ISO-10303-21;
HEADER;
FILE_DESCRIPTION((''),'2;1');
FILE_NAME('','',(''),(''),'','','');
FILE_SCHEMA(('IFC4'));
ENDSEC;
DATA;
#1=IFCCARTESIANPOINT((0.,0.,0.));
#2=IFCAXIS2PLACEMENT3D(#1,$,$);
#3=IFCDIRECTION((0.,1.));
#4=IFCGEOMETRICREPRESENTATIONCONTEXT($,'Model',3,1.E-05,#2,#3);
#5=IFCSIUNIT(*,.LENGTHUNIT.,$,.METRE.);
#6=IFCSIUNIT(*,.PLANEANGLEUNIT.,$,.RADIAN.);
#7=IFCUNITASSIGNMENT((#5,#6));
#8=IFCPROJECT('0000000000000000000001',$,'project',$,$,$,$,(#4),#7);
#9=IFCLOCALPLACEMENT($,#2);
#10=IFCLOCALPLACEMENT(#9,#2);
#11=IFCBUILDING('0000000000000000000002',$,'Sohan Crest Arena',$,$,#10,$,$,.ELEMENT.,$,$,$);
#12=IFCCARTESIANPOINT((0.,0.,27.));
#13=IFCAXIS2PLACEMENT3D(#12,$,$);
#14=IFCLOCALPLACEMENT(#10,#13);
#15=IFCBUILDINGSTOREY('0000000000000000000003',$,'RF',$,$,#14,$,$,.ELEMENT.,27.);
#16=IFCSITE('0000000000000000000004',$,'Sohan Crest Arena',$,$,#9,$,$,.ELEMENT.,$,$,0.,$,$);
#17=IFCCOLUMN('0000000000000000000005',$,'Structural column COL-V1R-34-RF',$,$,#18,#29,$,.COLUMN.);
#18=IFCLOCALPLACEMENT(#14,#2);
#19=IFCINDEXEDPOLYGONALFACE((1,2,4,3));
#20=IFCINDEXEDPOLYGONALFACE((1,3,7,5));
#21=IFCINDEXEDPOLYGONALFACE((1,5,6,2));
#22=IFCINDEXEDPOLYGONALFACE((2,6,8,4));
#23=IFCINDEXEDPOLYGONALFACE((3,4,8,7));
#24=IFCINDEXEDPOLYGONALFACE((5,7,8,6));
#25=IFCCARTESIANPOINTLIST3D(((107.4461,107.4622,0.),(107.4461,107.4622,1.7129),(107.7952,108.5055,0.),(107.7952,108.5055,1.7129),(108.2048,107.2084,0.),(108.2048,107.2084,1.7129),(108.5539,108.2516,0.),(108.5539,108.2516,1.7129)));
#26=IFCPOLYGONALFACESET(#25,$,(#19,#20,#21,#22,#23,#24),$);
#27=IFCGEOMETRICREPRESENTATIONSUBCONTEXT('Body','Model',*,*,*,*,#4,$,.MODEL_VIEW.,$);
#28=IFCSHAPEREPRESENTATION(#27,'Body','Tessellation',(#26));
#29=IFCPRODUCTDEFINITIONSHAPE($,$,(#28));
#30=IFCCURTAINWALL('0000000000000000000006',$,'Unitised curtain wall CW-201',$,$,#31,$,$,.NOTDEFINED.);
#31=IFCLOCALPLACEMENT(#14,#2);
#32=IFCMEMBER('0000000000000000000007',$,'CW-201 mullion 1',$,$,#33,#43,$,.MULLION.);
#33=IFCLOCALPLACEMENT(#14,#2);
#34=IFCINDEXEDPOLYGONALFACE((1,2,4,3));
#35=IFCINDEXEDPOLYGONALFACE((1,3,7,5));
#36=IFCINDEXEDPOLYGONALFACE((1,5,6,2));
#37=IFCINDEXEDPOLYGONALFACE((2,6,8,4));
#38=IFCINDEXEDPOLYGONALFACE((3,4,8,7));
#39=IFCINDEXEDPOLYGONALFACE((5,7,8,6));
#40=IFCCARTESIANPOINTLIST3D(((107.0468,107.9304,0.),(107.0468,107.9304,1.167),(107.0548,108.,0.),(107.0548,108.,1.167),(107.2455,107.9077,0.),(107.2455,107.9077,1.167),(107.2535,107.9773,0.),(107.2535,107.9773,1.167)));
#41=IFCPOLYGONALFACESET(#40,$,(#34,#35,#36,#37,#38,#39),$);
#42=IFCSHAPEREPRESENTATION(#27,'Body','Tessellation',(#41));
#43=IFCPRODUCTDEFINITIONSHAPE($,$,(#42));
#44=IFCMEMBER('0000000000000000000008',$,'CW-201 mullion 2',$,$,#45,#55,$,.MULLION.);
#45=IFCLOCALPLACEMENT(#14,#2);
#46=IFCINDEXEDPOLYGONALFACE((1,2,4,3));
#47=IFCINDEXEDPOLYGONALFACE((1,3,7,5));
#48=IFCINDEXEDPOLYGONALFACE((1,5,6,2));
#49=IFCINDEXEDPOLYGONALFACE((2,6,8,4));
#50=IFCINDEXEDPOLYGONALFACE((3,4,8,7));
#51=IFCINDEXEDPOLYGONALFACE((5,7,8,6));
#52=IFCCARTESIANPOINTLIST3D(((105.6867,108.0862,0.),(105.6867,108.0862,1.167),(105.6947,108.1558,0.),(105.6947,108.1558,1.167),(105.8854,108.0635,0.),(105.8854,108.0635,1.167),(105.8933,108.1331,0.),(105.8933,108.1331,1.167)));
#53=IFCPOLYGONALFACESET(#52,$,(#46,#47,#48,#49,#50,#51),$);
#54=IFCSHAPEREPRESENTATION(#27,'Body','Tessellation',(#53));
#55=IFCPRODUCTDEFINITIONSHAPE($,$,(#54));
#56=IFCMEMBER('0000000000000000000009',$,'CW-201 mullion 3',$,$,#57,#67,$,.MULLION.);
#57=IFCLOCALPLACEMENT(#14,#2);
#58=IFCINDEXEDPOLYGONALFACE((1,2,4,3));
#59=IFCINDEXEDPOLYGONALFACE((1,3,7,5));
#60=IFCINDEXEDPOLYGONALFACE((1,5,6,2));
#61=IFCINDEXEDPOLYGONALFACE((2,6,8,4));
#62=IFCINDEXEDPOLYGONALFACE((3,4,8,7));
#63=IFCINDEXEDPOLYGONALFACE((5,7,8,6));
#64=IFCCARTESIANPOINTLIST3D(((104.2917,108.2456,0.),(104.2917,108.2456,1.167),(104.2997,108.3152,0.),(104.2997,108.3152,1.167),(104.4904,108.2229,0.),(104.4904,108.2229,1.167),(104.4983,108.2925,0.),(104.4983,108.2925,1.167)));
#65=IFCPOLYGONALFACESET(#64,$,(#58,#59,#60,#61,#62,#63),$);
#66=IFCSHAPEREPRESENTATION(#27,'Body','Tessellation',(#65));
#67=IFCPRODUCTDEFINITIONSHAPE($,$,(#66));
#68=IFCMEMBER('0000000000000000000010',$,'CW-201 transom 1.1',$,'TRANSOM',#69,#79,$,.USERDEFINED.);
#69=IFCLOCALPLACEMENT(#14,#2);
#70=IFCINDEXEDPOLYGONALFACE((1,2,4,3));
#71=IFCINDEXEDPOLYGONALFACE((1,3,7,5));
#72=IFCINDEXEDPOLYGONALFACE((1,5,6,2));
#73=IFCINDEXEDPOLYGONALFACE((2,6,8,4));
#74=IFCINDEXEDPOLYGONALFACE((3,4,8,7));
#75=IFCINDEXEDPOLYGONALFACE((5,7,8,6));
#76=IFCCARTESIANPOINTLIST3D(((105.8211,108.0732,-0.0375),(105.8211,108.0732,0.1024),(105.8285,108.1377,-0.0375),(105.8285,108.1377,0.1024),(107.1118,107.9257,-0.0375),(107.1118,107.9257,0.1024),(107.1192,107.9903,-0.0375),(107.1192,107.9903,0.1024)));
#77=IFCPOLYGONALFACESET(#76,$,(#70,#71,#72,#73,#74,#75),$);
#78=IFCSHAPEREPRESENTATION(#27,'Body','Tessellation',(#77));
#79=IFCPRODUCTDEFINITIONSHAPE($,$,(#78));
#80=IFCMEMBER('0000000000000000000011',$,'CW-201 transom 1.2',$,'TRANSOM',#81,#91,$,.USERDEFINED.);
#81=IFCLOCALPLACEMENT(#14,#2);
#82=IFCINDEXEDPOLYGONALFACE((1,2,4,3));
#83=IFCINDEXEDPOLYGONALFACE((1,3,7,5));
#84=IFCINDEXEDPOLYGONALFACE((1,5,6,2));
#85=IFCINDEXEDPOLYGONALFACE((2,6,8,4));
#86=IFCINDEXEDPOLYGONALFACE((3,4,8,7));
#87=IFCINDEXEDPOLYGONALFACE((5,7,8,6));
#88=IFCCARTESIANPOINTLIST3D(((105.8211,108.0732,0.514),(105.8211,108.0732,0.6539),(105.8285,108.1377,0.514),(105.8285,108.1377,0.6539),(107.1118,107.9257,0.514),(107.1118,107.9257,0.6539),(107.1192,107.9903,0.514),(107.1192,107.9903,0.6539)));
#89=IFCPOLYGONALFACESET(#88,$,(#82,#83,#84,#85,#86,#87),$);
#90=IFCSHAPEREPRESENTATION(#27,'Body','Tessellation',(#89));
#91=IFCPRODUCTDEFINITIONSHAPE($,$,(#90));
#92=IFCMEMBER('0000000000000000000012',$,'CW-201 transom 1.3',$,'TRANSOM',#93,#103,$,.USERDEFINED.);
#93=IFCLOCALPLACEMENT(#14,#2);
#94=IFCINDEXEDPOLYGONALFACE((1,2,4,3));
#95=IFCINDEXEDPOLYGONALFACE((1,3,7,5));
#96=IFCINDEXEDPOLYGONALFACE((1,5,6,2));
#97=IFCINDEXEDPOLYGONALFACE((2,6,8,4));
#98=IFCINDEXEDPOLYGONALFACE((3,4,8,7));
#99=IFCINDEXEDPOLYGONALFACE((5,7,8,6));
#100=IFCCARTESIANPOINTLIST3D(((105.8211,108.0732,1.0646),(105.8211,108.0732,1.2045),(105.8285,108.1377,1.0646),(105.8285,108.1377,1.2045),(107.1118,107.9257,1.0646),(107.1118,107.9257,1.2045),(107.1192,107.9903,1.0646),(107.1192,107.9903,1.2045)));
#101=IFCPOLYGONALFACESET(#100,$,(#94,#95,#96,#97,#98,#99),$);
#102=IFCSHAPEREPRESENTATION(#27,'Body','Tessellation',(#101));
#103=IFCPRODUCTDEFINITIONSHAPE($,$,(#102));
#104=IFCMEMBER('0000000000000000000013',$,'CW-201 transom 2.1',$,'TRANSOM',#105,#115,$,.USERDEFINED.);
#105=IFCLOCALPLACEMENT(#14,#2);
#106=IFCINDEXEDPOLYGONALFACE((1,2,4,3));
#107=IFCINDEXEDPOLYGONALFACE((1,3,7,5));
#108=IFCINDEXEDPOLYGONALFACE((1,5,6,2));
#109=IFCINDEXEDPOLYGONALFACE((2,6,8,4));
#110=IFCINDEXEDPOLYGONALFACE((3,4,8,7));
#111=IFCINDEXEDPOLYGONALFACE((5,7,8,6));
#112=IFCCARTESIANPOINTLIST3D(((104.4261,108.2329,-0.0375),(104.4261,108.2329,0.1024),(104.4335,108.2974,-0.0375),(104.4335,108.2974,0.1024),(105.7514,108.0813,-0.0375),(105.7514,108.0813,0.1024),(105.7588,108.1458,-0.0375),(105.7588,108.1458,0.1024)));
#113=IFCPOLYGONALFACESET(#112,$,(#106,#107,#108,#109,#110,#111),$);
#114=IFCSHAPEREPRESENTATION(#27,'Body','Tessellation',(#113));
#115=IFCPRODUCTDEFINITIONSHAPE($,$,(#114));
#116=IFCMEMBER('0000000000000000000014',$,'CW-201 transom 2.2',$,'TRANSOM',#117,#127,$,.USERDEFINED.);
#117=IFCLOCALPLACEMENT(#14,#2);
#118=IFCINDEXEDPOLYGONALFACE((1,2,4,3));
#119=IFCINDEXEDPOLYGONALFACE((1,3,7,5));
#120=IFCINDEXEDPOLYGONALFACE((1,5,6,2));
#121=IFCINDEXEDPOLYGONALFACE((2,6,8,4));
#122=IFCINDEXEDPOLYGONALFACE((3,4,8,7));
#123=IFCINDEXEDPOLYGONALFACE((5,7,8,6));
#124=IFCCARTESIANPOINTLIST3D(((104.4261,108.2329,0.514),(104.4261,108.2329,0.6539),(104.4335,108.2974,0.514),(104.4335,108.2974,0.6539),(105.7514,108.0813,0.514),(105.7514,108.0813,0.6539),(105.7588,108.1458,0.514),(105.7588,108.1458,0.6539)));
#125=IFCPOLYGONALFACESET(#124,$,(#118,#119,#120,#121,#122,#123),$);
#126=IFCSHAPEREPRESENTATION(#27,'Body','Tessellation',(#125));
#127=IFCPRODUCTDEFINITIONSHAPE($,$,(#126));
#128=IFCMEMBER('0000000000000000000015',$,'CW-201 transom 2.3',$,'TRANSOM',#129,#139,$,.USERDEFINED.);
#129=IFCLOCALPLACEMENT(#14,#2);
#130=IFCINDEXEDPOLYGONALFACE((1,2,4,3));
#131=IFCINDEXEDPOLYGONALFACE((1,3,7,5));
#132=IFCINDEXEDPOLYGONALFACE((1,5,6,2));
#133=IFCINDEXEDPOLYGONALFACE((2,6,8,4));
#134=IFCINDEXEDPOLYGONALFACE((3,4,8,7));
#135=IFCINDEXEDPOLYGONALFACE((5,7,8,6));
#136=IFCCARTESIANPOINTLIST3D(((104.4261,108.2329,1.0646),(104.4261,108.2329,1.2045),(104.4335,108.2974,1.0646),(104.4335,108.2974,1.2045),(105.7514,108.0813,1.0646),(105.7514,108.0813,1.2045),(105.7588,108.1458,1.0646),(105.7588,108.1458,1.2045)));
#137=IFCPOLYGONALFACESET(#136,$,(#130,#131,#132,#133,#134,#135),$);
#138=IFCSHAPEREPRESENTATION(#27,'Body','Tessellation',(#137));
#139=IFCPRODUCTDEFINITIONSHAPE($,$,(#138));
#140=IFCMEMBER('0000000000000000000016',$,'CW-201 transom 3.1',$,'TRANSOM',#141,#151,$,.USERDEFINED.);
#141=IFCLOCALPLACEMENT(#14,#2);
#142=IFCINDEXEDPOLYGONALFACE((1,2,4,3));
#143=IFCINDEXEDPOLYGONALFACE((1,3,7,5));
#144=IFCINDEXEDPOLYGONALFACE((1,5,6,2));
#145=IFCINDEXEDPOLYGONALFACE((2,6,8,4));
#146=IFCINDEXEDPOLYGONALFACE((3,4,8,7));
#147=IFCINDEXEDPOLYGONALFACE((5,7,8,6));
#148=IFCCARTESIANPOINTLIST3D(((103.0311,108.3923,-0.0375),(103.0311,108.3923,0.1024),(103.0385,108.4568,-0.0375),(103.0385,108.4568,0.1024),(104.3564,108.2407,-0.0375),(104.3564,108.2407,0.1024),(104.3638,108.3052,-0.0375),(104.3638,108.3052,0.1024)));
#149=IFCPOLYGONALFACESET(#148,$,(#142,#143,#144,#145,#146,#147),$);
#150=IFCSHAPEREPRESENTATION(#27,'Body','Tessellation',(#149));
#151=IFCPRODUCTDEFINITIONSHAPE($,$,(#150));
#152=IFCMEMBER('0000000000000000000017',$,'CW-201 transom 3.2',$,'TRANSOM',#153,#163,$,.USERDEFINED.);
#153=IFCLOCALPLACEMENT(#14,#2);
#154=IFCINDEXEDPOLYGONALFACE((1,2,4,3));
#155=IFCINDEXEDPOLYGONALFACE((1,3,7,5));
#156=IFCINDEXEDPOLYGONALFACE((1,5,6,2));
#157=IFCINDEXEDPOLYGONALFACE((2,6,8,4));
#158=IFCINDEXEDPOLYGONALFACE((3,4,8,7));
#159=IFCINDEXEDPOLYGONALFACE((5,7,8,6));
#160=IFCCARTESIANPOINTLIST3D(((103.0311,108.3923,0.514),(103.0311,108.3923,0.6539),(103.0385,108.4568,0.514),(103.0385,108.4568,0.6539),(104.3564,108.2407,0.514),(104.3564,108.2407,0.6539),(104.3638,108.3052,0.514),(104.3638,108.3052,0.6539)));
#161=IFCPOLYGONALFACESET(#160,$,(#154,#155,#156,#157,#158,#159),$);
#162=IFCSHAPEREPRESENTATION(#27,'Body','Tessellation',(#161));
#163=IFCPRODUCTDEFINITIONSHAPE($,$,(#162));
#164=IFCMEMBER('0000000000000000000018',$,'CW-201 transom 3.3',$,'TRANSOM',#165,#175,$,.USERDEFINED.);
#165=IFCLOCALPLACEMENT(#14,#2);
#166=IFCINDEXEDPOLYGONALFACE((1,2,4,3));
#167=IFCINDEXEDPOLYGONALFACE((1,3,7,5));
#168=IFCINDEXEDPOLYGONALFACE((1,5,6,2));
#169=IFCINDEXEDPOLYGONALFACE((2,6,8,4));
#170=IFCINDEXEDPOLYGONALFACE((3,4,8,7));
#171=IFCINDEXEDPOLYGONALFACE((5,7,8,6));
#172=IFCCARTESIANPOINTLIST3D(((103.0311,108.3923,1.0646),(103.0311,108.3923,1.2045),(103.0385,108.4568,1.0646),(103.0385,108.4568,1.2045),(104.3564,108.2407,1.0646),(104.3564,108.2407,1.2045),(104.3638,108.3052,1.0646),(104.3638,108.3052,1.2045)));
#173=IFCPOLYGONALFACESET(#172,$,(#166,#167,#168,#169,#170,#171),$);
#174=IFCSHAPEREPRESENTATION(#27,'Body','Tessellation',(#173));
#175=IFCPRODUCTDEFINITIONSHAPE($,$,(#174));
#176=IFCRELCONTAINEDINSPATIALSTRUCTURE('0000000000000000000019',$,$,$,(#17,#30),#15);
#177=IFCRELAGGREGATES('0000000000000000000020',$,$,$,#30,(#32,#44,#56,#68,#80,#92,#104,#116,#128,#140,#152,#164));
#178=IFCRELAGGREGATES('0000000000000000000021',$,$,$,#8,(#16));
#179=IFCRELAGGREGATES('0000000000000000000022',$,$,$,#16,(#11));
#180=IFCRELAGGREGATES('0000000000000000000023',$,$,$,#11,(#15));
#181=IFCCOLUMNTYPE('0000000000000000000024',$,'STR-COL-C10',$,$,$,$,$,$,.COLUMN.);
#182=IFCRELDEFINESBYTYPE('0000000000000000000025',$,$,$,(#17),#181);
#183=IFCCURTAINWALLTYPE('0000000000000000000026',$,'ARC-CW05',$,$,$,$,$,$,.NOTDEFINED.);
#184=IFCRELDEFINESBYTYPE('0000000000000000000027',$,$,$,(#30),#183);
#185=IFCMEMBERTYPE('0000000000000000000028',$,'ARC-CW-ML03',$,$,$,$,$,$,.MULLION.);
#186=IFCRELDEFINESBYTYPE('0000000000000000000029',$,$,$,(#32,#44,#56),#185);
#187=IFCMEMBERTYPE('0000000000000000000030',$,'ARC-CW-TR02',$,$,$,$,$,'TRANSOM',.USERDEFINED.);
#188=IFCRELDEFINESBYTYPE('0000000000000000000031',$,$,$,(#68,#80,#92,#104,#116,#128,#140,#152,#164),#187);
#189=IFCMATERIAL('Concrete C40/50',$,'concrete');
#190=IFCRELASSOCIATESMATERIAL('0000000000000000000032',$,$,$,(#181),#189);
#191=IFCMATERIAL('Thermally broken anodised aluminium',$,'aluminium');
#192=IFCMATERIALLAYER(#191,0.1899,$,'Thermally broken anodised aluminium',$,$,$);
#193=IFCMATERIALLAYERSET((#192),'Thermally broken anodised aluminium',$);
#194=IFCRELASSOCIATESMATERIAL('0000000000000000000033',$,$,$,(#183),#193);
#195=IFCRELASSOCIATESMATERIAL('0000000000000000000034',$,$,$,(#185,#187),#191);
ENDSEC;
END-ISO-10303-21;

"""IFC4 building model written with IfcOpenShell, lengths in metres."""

from ifc_helpers import new_model, si_unit, direction, frame, origin, origin_2d, place, context, subcontext, project, spatial, rectangle, extrude, material, layer, layer_set, material_profile, profile_set, type_object, element, aggregate, save


model = new_model("IFC4")

# Units and contexts
model_context = context("Model", 3, precision=1e-05, world=origin(), true_north=direction((0.0, 1.0)))
body_context = subcontext(model_context, "Body", "Model", "MODEL_VIEW")
ifc_project = project(units=[si_unit("LENGTHUNIT", "METRE"), si_unit("PLANEANGLEUNIT", "RADIAN")], contexts=[model_context])

# Site, building, storey
site_placement = place(None, origin())
site = spatial("IfcSite", under=ifc_project, at=site_placement, Name="Sohan Crest Arena", CompositionType="ELEMENT", RefElevation=0.0)
building_placement = place(site_placement, origin())
building = spatial("IfcBuilding", under=site, at=building_placement, Name="Sohan Crest Arena", CompositionType="ELEMENT")
storey_placement = place(building_placement, frame((0.0, 0.0, 27.0)))
storey = spatial("IfcBuildingStorey", under=building, at=storey_placement, Name="RF", CompositionType="ELEMENT", Elevation=27.0)

# Column
ifc_material_1 = material(Name="Concrete C40/50", Category="concrete")
ifc_material_profile_1 = material_profile(ifc_material_1, rectangle(XDim=1.1001, YDim=0.8, at=origin_2d()), Name="RC 1100x800")
ifc_profile_set_1 = profile_set([ifc_material_profile_1], Name="Concrete C40/50")
column_type = type_object("IfcColumnType", Name="STR-COL-C10", PredefinedType="COLUMN", material=ifc_profile_set_1)
column_placement = place(storey_placement, frame((108.0, 107.8569, 0.0), z_axis=(0.0, 0.0, 1.0), x_axis=(0.317305, 0.948324, 0.0)))
element("IfcColumn", 1, at=column_placement, inside=storey, type_object=column_type, Name="Structural column COL-V1R-34-RF", PredefinedType="COLUMN", context=body_context, shape_type="SweptSolid", body=[
    extrude(rectangle(XDim=1.1001, YDim=0.8, at=origin_2d()), origin(), (0.0, 0.0, 1.0), 1.7129),
])

# Curtain wall, members
ifc_material_2 = material(Name="Thermally broken anodised aluminium", Category="aluminium")
ifc_layer_1 = layer(ifc_material_2, 0.1899, Name="Thermally broken anodised aluminium")
ifc_layer_set_1 = layer_set([ifc_layer_1], Name="Thermally broken anodised aluminium")
curtain_wall_type = type_object("IfcCurtainWallType", Name="ARC-CW05", PredefinedType="NOTDEFINED", material=ifc_layer_set_1)
curtain_wall_placement = place(storey_placement, origin())
curtain_wall = element("IfcCurtainWall", 2, at=curtain_wall_placement, inside=storey, type_object=curtain_wall_type, Name="Unitised curtain wall CW-201", PredefinedType="NOTDEFINED")
ifc_material_profile_2 = material_profile(ifc_material_2, rectangle(XDim=0.0701, YDim=0.2, at=origin_2d()), Name="ALU-MULL 70x200")
ifc_profile_set_2 = profile_set([ifc_material_profile_2], Name="Thermally broken anodised aluminium")
member_type_1 = type_object("IfcMemberType", Name="ARC-CW-ML03", PredefinedType="MULLION", material=ifc_profile_set_2)
member_1_placement = place(storey_placement, frame((107.1501, 107.9539, 0.0), z_axis=(0.0, 0.0, 1.0), x_axis=(-0.113597, -0.993527, 0.0)))
member_1 = element("IfcMember", 3, at=member_1_placement, type_object=member_type_1, Name="CW-201 mullion 1", PredefinedType="MULLION", context=body_context, shape_type="SweptSolid", body=[
    extrude(rectangle(XDim=0.0701, YDim=0.2, at=origin_2d()), origin(), (0.0, 0.0, 1.0), 1.167),
])
member_2_placement = place(storey_placement, frame((105.79, 108.1096, 0.0), z_axis=(0.0, 0.0, 1.0), x_axis=(-0.113597, -0.993527, 0.0)))
member_2 = element("IfcMember", 4, at=member_2_placement, type_object=member_type_1, Name="CW-201 mullion 2", PredefinedType="MULLION", context=body_context, shape_type="SweptSolid", body=[
    extrude(rectangle(XDim=0.0701, YDim=0.2, at=origin_2d()), origin(), (0.0, 0.0, 1.0), 1.167),
])
member_3_placement = place(storey_placement, frame((104.395, 108.269, 0.0), z_axis=(0.0, 0.0, 1.0), x_axis=(-0.113597, -0.993527, 0.0)))
member_3 = element("IfcMember", 5, at=member_3_placement, type_object=member_type_1, Name="CW-201 mullion 3", PredefinedType="MULLION", context=body_context, shape_type="SweptSolid", body=[
    extrude(rectangle(XDim=0.0701, YDim=0.2, at=origin_2d()), origin(), (0.0, 0.0, 1.0), 1.167),
])
ifc_material_profile_3 = material_profile(ifc_material_2, rectangle(XDim=0.0649, YDim=0.1399, at=origin_2d()), Name="ALU-TRAN 65x140")
ifc_profile_set_3 = profile_set([ifc_material_profile_3], Name="Thermally broken anodised aluminium")
member_type_2 = type_object("IfcMemberType", Name="ARC-CW-TR02", ElementType="TRANSOM", PredefinedType="USERDEFINED", material=ifc_profile_set_3)
member_4_placement = place(storey_placement, frame((107.1155, 107.958, 0.0325), z_axis=(-0.993538, 0.113504, 0.0), x_axis=(-0.113504, -0.993538, 0.0)))
member_4 = element("IfcMember", 6, at=member_4_placement, type_object=member_type_2, Name="CW-201 transom 1.1", ObjectType="TRANSOM", PredefinedType="USERDEFINED", context=body_context, shape_type="SweptSolid", body=[
    extrude(rectangle(XDim=0.0649, YDim=0.1399, at=origin_2d()), origin(), (0.0, 0.0, 1.0), 1.2991),
])
member_5_placement = place(storey_placement, frame((107.1155, 107.958, 0.584), z_axis=(-0.993538, 0.113504, 0.0), x_axis=(-0.113504, -0.993538, 0.0)))
member_5 = element("IfcMember", 7, at=member_5_placement, type_object=member_type_2, Name="CW-201 transom 1.2", ObjectType="TRANSOM", PredefinedType="USERDEFINED", context=body_context, shape_type="SweptSolid", body=[
    extrude(rectangle(XDim=0.0649, YDim=0.1399, at=origin_2d()), origin(), (0.0, 0.0, 1.0), 1.2991),
])
member_6_placement = place(storey_placement, frame((107.1155, 107.958, 1.1345), z_axis=(-0.993538, 0.113504, 0.0), x_axis=(-0.113504, -0.993538, 0.0)))
member_6 = element("IfcMember", 8, at=member_6_placement, type_object=member_type_2, Name="CW-201 transom 1.3", ObjectType="TRANSOM", PredefinedType="USERDEFINED", context=body_context, shape_type="SweptSolid", body=[
    extrude(rectangle(XDim=0.0649, YDim=0.1399, at=origin_2d()), origin(), (0.0, 0.0, 1.0), 1.2991),
])
member_7_placement = place(storey_placement, frame((105.7551, 108.1135, 0.0325), z_axis=(-0.993521, 0.113645, 0.0), x_axis=(-0.113645, -0.993521, 0.0)))
member_7 = element("IfcMember", 9, at=member_7_placement, type_object=member_type_2, Name="CW-201 transom 2.1", ObjectType="TRANSOM", PredefinedType="USERDEFINED", context=body_context, shape_type="SweptSolid", body=[
    extrude(rectangle(XDim=0.0649, YDim=0.1399, at=origin_2d()), origin(), (0.0, 0.0, 1.0), 1.334),
])
member_8_placement = place(storey_placement, frame((105.7551, 108.1135, 0.584), z_axis=(-0.993521, 0.113645, 0.0), x_axis=(-0.113645, -0.993521, 0.0)))
member_8 = element("IfcMember", 10, at=member_8_placement, type_object=member_type_2, Name="CW-201 transom 2.2", ObjectType="TRANSOM", PredefinedType="USERDEFINED", context=body_context, shape_type="SweptSolid", body=[
    extrude(rectangle(XDim=0.0649, YDim=0.1399, at=origin_2d()), origin(), (0.0, 0.0, 1.0), 1.334),
])
member_9_placement = place(storey_placement, frame((105.7551, 108.1135, 1.1345), z_axis=(-0.993521, 0.113645, 0.0), x_axis=(-0.113645, -0.993521, 0.0)))
member_9 = element("IfcMember", 11, at=member_9_placement, type_object=member_type_2, Name="CW-201 transom 2.3", ObjectType="TRANSOM", PredefinedType="USERDEFINED", context=body_context, shape_type="SweptSolid", body=[
    extrude(rectangle(XDim=0.0649, YDim=0.1399, at=origin_2d()), origin(), (0.0, 0.0, 1.0), 1.334),
])
member_10_placement = place(storey_placement, frame((104.3601, 108.2729, 0.0325), z_axis=(-0.993521, 0.113645, 0.0), x_axis=(-0.113645, -0.993521, 0.0)))
member_10 = element("IfcMember", 12, at=member_10_placement, type_object=member_type_2, Name="CW-201 transom 3.1", ObjectType="TRANSOM", PredefinedType="USERDEFINED", context=body_context, shape_type="SweptSolid", body=[
    extrude(rectangle(XDim=0.0649, YDim=0.1399, at=origin_2d()), origin(), (0.0, 0.0, 1.0), 1.334),
])
member_11_placement = place(storey_placement, frame((104.3601, 108.2729, 0.584), z_axis=(-0.993521, 0.113645, 0.0), x_axis=(-0.113645, -0.993521, 0.0)))
member_11 = element("IfcMember", 13, at=member_11_placement, type_object=member_type_2, Name="CW-201 transom 3.2", ObjectType="TRANSOM", PredefinedType="USERDEFINED", context=body_context, shape_type="SweptSolid", body=[
    extrude(rectangle(XDim=0.0649, YDim=0.1399, at=origin_2d()), origin(), (0.0, 0.0, 1.0), 1.334),
])
member_12_placement = place(storey_placement, frame((104.3601, 108.2729, 1.1345), z_axis=(-0.993521, 0.113645, 0.0), x_axis=(-0.113645, -0.993521, 0.0)))
member_12 = element("IfcMember", 14, at=member_12_placement, type_object=member_type_2, Name="CW-201 transom 3.3", ObjectType="TRANSOM", PredefinedType="USERDEFINED", context=body_context, shape_type="SweptSolid", body=[
    extrude(rectangle(XDim=0.0649, YDim=0.1399, at=origin_2d()), origin(), (0.0, 0.0, 1.0), 1.334),
])

aggregate(curtain_wall, [member_1, member_2, member_3, member_4, member_5, member_6, member_7, member_8, member_9, member_10, member_11, member_12])

save(model, "model.ifc")
